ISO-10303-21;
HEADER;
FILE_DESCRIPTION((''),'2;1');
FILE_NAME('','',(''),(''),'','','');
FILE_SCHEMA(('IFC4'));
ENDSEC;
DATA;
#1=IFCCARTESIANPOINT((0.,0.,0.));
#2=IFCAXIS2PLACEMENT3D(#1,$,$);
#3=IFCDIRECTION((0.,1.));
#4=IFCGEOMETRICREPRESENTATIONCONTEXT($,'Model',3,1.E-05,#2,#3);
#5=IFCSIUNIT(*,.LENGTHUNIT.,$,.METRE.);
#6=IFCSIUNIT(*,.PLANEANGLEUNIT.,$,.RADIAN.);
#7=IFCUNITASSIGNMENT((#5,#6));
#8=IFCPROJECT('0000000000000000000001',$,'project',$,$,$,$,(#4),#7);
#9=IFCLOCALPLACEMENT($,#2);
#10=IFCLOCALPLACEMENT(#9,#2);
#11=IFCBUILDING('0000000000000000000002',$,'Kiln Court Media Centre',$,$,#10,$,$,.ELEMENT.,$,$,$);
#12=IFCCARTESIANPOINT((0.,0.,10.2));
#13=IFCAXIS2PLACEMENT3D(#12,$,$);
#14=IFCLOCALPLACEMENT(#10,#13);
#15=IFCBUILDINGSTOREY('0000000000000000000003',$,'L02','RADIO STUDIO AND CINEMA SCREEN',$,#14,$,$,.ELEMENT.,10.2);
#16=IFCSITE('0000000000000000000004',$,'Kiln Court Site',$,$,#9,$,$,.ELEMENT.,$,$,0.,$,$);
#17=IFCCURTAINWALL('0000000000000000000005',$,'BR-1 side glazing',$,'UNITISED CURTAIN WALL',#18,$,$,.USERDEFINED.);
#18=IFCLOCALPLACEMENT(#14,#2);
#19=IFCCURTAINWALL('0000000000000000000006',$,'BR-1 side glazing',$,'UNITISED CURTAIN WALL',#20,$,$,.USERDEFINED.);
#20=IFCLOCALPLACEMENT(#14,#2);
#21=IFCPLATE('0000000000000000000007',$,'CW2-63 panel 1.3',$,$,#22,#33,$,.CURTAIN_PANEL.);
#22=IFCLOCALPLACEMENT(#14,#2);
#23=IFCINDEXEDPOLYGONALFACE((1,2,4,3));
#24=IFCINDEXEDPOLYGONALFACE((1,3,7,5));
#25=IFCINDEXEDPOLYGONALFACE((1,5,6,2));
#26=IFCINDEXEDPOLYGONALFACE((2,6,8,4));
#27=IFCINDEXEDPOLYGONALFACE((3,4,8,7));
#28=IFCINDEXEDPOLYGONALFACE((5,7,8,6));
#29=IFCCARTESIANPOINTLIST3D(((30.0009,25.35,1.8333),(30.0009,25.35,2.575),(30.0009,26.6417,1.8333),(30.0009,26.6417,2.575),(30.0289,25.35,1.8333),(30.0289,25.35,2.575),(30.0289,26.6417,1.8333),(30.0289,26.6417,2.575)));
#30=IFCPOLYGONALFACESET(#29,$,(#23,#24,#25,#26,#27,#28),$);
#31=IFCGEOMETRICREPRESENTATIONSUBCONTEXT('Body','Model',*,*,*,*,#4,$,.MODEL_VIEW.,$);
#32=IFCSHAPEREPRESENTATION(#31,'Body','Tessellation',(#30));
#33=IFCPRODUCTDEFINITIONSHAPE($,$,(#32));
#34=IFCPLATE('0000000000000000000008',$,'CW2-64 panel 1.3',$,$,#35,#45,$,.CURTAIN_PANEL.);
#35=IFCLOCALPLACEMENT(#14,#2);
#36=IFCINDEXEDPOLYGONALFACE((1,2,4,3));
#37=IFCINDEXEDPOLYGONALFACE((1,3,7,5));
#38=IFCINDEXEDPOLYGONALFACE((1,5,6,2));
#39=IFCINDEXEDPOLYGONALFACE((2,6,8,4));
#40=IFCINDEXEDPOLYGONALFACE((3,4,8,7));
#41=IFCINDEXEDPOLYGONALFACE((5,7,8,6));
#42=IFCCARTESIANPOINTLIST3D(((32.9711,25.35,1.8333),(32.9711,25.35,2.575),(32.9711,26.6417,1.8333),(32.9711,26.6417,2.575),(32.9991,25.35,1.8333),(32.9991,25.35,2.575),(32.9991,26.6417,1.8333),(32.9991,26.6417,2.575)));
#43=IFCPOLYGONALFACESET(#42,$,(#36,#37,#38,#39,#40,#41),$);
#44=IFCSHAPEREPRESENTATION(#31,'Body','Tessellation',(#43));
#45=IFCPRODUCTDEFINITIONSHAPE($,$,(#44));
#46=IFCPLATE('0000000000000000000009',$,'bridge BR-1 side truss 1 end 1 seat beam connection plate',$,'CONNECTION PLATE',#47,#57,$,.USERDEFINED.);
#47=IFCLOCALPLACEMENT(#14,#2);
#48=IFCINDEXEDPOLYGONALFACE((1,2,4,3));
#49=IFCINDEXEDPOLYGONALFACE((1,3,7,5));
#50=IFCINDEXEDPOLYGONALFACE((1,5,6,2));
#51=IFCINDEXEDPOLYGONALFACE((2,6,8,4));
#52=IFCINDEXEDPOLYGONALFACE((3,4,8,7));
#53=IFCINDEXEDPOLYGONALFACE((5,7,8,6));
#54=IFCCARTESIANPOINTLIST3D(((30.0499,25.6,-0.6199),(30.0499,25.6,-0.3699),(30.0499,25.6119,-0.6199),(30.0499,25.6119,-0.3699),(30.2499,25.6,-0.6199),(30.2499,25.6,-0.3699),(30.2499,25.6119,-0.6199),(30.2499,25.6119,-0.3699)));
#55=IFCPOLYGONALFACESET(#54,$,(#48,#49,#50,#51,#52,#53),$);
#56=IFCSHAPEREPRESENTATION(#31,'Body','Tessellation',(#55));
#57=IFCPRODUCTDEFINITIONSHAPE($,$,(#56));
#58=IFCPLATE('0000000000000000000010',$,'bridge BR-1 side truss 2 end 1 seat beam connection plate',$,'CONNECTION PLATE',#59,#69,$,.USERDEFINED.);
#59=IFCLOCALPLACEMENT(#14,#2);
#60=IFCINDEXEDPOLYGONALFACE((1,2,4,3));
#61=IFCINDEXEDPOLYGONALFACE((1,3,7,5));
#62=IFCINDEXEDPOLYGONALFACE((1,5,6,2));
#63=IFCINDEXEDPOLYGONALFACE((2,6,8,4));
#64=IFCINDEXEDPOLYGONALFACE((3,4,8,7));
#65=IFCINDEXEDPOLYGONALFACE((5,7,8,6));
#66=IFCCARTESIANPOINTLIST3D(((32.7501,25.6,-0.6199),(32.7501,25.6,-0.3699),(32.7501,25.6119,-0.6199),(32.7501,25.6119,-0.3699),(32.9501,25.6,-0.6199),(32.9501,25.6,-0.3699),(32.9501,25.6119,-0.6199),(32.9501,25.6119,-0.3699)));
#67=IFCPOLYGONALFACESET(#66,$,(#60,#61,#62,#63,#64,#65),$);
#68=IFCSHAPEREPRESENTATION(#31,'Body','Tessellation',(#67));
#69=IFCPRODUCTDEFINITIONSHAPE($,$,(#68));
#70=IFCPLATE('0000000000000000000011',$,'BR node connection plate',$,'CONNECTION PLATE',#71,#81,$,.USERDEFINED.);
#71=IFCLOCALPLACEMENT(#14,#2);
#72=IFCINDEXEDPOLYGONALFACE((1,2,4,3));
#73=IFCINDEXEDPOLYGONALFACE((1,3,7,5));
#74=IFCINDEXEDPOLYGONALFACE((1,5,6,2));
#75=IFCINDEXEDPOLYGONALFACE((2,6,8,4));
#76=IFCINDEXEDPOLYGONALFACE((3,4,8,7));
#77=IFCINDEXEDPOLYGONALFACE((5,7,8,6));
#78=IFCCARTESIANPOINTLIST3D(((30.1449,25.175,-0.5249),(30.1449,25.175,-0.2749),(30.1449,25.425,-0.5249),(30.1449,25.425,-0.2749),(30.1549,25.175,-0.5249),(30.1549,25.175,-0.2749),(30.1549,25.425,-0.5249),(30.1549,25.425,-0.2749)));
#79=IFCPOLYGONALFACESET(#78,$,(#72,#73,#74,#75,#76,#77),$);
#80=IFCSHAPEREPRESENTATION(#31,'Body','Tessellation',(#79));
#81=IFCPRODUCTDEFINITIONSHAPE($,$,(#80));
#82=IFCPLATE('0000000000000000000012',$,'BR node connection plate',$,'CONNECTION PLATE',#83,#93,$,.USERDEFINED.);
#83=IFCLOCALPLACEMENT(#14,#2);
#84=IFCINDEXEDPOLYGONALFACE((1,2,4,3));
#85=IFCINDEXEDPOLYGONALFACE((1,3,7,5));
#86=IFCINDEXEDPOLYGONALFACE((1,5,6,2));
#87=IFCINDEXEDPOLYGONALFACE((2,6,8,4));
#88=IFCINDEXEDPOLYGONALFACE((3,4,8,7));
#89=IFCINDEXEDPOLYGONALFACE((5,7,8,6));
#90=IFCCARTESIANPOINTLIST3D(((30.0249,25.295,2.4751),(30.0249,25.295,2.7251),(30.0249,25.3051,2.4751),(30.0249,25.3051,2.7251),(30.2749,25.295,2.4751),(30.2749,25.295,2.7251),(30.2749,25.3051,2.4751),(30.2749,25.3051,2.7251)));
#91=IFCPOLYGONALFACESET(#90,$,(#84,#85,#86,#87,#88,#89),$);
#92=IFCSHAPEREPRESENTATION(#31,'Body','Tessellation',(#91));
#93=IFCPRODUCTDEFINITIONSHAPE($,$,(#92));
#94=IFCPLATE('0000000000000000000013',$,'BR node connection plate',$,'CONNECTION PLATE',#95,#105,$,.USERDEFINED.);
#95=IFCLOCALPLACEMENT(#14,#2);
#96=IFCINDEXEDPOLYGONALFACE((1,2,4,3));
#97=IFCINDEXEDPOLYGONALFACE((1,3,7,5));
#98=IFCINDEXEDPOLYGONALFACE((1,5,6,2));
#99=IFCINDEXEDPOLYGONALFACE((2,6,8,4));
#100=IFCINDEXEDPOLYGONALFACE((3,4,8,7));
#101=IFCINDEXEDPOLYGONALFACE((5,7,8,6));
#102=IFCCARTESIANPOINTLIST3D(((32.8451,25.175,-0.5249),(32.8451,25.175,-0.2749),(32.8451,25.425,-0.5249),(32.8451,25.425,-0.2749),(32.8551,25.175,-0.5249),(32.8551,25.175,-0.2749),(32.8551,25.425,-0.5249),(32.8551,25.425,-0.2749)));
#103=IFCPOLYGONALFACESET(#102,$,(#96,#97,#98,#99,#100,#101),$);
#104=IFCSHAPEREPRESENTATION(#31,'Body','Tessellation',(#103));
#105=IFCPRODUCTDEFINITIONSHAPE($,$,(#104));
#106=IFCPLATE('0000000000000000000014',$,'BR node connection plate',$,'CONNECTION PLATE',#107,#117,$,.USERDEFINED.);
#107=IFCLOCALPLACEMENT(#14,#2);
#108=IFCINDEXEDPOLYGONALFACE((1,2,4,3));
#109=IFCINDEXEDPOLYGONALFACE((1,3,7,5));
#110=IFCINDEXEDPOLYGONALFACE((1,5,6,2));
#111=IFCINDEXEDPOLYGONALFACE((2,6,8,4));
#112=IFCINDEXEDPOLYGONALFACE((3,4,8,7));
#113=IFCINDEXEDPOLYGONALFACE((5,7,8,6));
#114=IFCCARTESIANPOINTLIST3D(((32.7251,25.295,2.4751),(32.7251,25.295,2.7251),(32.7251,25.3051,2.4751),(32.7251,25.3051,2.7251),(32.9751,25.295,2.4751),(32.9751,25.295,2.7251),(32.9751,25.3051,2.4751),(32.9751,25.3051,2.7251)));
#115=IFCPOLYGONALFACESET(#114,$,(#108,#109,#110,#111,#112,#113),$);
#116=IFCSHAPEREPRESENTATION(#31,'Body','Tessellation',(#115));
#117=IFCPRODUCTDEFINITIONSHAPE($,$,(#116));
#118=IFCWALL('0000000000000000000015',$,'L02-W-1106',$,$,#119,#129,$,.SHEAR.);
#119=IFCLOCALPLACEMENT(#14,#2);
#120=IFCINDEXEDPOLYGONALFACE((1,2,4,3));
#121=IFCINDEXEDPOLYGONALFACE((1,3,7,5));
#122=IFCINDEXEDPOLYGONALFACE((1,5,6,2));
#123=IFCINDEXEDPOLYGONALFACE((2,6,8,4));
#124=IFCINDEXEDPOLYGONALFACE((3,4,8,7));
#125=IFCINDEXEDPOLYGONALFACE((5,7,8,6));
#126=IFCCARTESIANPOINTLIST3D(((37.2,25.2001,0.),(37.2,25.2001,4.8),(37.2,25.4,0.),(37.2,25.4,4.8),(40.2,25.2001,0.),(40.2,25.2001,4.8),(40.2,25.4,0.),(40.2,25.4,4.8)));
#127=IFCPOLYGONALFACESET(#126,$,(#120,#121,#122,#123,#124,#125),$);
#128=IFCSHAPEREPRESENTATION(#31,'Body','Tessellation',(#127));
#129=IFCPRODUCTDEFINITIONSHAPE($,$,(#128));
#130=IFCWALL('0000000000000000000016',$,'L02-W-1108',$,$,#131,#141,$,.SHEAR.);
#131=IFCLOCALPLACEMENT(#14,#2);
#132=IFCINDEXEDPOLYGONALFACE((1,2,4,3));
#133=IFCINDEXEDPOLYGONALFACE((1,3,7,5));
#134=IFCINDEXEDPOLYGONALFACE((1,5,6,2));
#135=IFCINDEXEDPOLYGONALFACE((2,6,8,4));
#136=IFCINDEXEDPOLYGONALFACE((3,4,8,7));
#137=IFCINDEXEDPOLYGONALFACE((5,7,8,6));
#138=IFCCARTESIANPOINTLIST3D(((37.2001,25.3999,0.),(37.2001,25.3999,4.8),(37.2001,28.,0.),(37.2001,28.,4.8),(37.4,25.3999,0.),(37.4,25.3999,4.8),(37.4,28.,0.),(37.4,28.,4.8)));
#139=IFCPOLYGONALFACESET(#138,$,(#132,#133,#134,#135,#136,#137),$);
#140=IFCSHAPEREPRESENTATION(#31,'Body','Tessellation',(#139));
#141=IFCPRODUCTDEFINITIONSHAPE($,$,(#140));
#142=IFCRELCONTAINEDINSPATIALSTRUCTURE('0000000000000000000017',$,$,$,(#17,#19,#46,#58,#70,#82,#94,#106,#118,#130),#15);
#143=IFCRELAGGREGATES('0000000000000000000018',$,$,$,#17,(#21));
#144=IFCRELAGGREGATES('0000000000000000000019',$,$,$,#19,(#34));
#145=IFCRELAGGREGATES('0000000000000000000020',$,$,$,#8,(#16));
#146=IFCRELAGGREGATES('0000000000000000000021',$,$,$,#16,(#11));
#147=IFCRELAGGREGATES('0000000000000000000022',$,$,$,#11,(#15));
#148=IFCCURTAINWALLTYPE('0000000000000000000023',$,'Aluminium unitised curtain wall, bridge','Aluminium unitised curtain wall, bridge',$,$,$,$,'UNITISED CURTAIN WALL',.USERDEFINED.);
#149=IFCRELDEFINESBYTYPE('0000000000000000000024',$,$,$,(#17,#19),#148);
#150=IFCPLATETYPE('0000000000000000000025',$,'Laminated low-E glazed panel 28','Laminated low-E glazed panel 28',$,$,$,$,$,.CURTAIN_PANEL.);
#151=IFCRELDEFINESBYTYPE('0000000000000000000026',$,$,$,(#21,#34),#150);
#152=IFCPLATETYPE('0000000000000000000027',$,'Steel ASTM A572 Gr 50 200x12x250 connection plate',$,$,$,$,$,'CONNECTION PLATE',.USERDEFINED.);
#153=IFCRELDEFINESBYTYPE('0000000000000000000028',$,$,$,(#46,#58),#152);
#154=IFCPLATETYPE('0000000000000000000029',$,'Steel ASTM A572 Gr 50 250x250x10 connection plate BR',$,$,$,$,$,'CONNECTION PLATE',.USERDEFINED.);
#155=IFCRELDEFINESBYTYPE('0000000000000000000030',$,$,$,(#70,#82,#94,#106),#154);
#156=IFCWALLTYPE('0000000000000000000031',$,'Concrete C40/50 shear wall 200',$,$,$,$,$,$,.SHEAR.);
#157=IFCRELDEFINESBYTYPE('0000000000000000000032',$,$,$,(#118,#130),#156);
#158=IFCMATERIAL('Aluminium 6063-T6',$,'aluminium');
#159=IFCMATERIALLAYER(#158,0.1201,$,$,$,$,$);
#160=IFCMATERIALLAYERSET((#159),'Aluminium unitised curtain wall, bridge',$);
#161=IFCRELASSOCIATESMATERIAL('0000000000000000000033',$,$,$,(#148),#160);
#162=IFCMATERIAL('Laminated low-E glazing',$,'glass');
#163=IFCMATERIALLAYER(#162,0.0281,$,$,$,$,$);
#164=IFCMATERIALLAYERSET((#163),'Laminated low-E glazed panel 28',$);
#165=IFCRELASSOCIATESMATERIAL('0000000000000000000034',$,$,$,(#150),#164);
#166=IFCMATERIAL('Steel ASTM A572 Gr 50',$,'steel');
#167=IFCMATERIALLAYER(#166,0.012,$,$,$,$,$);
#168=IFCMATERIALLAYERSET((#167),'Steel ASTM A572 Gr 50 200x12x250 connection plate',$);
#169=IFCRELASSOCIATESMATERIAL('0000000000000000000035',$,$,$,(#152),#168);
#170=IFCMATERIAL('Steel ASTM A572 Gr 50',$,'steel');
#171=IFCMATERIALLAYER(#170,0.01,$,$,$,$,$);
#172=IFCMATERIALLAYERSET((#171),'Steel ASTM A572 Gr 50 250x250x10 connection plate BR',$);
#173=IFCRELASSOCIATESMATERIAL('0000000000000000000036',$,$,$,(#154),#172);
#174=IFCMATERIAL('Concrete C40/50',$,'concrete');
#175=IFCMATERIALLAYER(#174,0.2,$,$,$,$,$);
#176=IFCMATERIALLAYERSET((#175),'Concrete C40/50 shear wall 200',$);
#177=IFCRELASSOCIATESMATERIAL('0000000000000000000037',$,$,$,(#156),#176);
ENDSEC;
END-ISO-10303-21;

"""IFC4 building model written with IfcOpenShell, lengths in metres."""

from ifc_helpers import new_model, si_unit, direction, frame, frame_2d, origin, origin_2d, place, context, subcontext, project, spatial, rectangle, extrude, material, layer, layer_set, type_object, element, aggregate, save


model = new_model("IFC4")

# Units and contexts
model_context = context("Model", 3, precision=1e-05, world=origin(), true_north=direction((0.0, 1.0)))
body_context = subcontext(model_context, "Body", "Model", "MODEL_VIEW")
ifc_project = project(units=[si_unit("LENGTHUNIT", "METRE"), si_unit("PLANEANGLEUNIT", "RADIAN")], contexts=[model_context])

# Site, building, storey
site_placement = place(None, origin())
site = spatial("IfcSite", under=ifc_project, at=site_placement, Name="Kiln Court Site", CompositionType="ELEMENT", RefElevation=0.0)
building_placement = place(site_placement, origin())
building = spatial("IfcBuilding", under=site, at=building_placement, Name="Kiln Court Media Centre", CompositionType="ELEMENT")
storey_placement = place(building_placement, frame((0.0, 0.0, 10.2)))
storey = spatial("IfcBuildingStorey", under=building, at=storey_placement, Name="L02", Description="RADIO STUDIO AND CINEMA SCREEN", CompositionType="ELEMENT", Elevation=10.2)

# Curtain walls
ifc_material_1 = material(Name="Aluminium 6063-T6", Category="aluminium")
ifc_layer_1 = layer(ifc_material_1, 0.1201)
ifc_layer_set_1 = layer_set([ifc_layer_1], Name="Aluminium unitised curtain wall, bridge")
curtain_wall_type_1 = type_object("IfcCurtainWallType", Name="Aluminium unitised curtain wall, bridge", Description="Aluminium unitised curtain wall, bridge", ElementType="UNITISED CURTAIN WALL", PredefinedType="USERDEFINED", material=ifc_layer_set_1)
curtain_wall_1_placement = place(storey_placement, origin())
curtain_wall_1 = element("IfcCurtainWall", 1, at=curtain_wall_1_placement, inside=storey, type_object=curtain_wall_type_1, Name="BR-1 side glazing", ObjectType="UNITISED CURTAIN WALL", PredefinedType="USERDEFINED")
curtain_wall_2_placement = place(storey_placement, origin())
curtain_wall_2 = element("IfcCurtainWall", 2, at=curtain_wall_2_placement, inside=storey, type_object=curtain_wall_type_1, Name="BR-1 side glazing", ObjectType="UNITISED CURTAIN WALL", PredefinedType="USERDEFINED")

# Plates
ifc_material_2 = material(Name="Laminated low-E glazing", Category="glass")
ifc_layer_2 = layer(ifc_material_2, 0.0281)
ifc_layer_set_2 = layer_set([ifc_layer_2], Name="Laminated low-E glazed panel 28")
plate_type_1 = type_object("IfcPlateType", Name="Laminated low-E glazed panel 28", Description="Laminated low-E glazed panel 28", PredefinedType="CURTAIN_PANEL", material=ifc_layer_set_2)
plate_1_placement = place(storey_placement, frame((30.0149, 25.9958, 1.8333), z_axis=(0.0, 0.0, 1.0), x_axis=(0.0, 1.0, 0.0)))
plate_1 = element("IfcPlate", 3, at=plate_1_placement, type_object=plate_type_1, Name="CW2-63 panel 1.3", PredefinedType="CURTAIN_PANEL", context=body_context, shape_type="SweptSolid", body=[
    extrude(rectangle(XDim=1.2917, YDim=0.0281, at=origin_2d()), origin(), (0.0, 0.0, 1.0), 0.7417),
])
aggregate(curtain_wall_1, [plate_1])
plate_2_placement = place(storey_placement, frame((32.9851, 25.9958, 1.8333), z_axis=(0.0, 0.0, 1.0), x_axis=(0.0, 1.0, 0.0)))
plate_2 = element("IfcPlate", 4, at=plate_2_placement, type_object=plate_type_1, Name="CW2-64 panel 1.3", PredefinedType="CURTAIN_PANEL", context=body_context, shape_type="SweptSolid", body=[
    extrude(rectangle(XDim=1.2917, YDim=0.0281, at=origin_2d()), origin(), (0.0, 0.0, 1.0), 0.7417),
])
aggregate(curtain_wall_2, [plate_2])

# Plates
ifc_material_3 = material(Name="Steel ASTM A572 Gr 50", Category="steel")
ifc_layer_3 = layer(ifc_material_3, 0.012)
ifc_layer_set_3 = layer_set([ifc_layer_3], Name="Steel ASTM A572 Gr 50 200x12x250 connection plate")
plate_type_2 = type_object("IfcPlateType", Name="Steel ASTM A572 Gr 50 200x12x250 connection plate", ElementType="CONNECTION PLATE", PredefinedType="USERDEFINED", material=ifc_layer_set_3)
for number, where, z_axis, x_axis, name in (
    (5, (30.1499, 25.606, -0.6199), (0.0, 0.0, 1.0), (1.0, 0.0, 0.0), "bridge BR-1 side truss 1 end 1 seat beam connection plate"),
    (6, (32.8501, 25.606, -0.6199), (0.0, 0.0, 1.0), (1.0, 0.0, 0.0), "bridge BR-1 side truss 2 end 1 seat beam connection plate"),
):
    element("IfcPlate", number, at=place(storey_placement, frame(where, z_axis=z_axis, x_axis=x_axis)), inside=storey, type_object=plate_type_2, Name=name, ObjectType="CONNECTION PLATE", PredefinedType="USERDEFINED", context=body_context, shape_type="SweptSolid", body=[
        extrude(rectangle(XDim=0.2, YDim=0.012, at=origin_2d()), origin(), (0.0, 0.0, 1.0), 0.25),
    ])
ifc_material_4 = material(Name="Steel ASTM A572 Gr 50", Category="steel")
ifc_layer_4 = layer(ifc_material_4, 0.01)
ifc_layer_set_4 = layer_set([ifc_layer_4], Name="Steel ASTM A572 Gr 50 250x250x10 connection plate BR")
plate_type_3 = type_object("IfcPlateType", Name="Steel ASTM A572 Gr 50 250x250x10 connection plate BR", ElementType="CONNECTION PLATE", PredefinedType="USERDEFINED", material=ifc_layer_set_4)
plate_3_placement = place(storey_placement, frame((30.1499, 25.3, -0.5249), z_axis=(0.0, 0.0, 1.0), x_axis=(1.0, 0.0, 0.0)))
element("IfcPlate", 7, at=plate_3_placement, inside=storey, type_object=plate_type_3, Name="BR node connection plate", ObjectType="CONNECTION PLATE", PredefinedType="USERDEFINED", context=body_context, shape_type="SweptSolid", body=[
    extrude(rectangle(XDim=0.01, YDim=0.25, at=origin_2d()), origin(), (0.0, 0.0, 1.0), 0.25),
])
plate_4_placement = place(storey_placement, frame((30.1499, 25.3, 2.4751), z_axis=(0.0, 0.0, 1.0), x_axis=(1.0, 0.0, 0.0)))
element("IfcPlate", 8, at=plate_4_placement, inside=storey, type_object=plate_type_3, Name="BR node connection plate", ObjectType="CONNECTION PLATE", PredefinedType="USERDEFINED", context=body_context, shape_type="SweptSolid", body=[
    extrude(rectangle(XDim=0.25, YDim=0.01, at=origin_2d()), origin(), (0.0, 0.0, 1.0), 0.25),
])
plate_5_placement = place(storey_placement, frame((32.8501, 25.3, -0.5249), z_axis=(0.0, 0.0, 1.0), x_axis=(1.0, 0.0, 0.0)))
element("IfcPlate", 9, at=plate_5_placement, inside=storey, type_object=plate_type_3, Name="BR node connection plate", ObjectType="CONNECTION PLATE", PredefinedType="USERDEFINED", context=body_context, shape_type="SweptSolid", body=[
    extrude(rectangle(XDim=0.01, YDim=0.25, at=origin_2d()), origin(), (0.0, 0.0, 1.0), 0.25),
])
plate_6_placement = place(storey_placement, frame((32.8501, 25.3, 2.4751), z_axis=(0.0, 0.0, 1.0), x_axis=(1.0, 0.0, 0.0)))
element("IfcPlate", 10, at=plate_6_placement, inside=storey, type_object=plate_type_3, Name="BR node connection plate", ObjectType="CONNECTION PLATE", PredefinedType="USERDEFINED", context=body_context, shape_type="SweptSolid", body=[
    extrude(rectangle(XDim=0.25, YDim=0.01, at=origin_2d()), origin(), (0.0, 0.0, 1.0), 0.25),
])

# Walls
ifc_material_5 = material(Name="Concrete C40/50", Category="concrete")
ifc_layer_5 = layer(ifc_material_5, 0.2)
ifc_layer_set_5 = layer_set([ifc_layer_5], Name="Concrete C40/50 shear wall 200")
wall_type = type_object("IfcWallType", Name="Concrete C40/50 shear wall 200", PredefinedType="SHEAR", material=ifc_layer_set_5)
wall_1_placement = place(storey_placement, frame((40.2, 25.3, 0.0), z_axis=(0.0, 0.0, 1.0), x_axis=(-1.0, 0.0, 0.0)))
element("IfcWall", 11, at=wall_1_placement, inside=storey, type_object=wall_type, Name="L02-W-1106", PredefinedType="SHEAR", context=body_context, shape_type="SweptSolid", body=[
    extrude(rectangle(XDim=3.0, YDim=0.2, at=frame_2d((1.5, 0.0))), origin(), (0.0, 0.0, 1.0), 4.8),
])
wall_2_placement = place(storey_placement, frame((37.3, 25.3999, 0.0), z_axis=(0.0, 0.0, 1.0), x_axis=(0.0, 1.0, 0.0)))
element("IfcWall", 12, at=wall_2_placement, inside=storey, type_object=wall_type, Name="L02-W-1108", PredefinedType="SHEAR", context=body_context, shape_type="SweptSolid", body=[
    extrude(rectangle(XDim=2.6001, YDim=0.2, at=frame_2d((1.3, 0.0))), origin(), (0.0, 0.0, 1.0), 4.8),
])

save(model, "model.ifc")
